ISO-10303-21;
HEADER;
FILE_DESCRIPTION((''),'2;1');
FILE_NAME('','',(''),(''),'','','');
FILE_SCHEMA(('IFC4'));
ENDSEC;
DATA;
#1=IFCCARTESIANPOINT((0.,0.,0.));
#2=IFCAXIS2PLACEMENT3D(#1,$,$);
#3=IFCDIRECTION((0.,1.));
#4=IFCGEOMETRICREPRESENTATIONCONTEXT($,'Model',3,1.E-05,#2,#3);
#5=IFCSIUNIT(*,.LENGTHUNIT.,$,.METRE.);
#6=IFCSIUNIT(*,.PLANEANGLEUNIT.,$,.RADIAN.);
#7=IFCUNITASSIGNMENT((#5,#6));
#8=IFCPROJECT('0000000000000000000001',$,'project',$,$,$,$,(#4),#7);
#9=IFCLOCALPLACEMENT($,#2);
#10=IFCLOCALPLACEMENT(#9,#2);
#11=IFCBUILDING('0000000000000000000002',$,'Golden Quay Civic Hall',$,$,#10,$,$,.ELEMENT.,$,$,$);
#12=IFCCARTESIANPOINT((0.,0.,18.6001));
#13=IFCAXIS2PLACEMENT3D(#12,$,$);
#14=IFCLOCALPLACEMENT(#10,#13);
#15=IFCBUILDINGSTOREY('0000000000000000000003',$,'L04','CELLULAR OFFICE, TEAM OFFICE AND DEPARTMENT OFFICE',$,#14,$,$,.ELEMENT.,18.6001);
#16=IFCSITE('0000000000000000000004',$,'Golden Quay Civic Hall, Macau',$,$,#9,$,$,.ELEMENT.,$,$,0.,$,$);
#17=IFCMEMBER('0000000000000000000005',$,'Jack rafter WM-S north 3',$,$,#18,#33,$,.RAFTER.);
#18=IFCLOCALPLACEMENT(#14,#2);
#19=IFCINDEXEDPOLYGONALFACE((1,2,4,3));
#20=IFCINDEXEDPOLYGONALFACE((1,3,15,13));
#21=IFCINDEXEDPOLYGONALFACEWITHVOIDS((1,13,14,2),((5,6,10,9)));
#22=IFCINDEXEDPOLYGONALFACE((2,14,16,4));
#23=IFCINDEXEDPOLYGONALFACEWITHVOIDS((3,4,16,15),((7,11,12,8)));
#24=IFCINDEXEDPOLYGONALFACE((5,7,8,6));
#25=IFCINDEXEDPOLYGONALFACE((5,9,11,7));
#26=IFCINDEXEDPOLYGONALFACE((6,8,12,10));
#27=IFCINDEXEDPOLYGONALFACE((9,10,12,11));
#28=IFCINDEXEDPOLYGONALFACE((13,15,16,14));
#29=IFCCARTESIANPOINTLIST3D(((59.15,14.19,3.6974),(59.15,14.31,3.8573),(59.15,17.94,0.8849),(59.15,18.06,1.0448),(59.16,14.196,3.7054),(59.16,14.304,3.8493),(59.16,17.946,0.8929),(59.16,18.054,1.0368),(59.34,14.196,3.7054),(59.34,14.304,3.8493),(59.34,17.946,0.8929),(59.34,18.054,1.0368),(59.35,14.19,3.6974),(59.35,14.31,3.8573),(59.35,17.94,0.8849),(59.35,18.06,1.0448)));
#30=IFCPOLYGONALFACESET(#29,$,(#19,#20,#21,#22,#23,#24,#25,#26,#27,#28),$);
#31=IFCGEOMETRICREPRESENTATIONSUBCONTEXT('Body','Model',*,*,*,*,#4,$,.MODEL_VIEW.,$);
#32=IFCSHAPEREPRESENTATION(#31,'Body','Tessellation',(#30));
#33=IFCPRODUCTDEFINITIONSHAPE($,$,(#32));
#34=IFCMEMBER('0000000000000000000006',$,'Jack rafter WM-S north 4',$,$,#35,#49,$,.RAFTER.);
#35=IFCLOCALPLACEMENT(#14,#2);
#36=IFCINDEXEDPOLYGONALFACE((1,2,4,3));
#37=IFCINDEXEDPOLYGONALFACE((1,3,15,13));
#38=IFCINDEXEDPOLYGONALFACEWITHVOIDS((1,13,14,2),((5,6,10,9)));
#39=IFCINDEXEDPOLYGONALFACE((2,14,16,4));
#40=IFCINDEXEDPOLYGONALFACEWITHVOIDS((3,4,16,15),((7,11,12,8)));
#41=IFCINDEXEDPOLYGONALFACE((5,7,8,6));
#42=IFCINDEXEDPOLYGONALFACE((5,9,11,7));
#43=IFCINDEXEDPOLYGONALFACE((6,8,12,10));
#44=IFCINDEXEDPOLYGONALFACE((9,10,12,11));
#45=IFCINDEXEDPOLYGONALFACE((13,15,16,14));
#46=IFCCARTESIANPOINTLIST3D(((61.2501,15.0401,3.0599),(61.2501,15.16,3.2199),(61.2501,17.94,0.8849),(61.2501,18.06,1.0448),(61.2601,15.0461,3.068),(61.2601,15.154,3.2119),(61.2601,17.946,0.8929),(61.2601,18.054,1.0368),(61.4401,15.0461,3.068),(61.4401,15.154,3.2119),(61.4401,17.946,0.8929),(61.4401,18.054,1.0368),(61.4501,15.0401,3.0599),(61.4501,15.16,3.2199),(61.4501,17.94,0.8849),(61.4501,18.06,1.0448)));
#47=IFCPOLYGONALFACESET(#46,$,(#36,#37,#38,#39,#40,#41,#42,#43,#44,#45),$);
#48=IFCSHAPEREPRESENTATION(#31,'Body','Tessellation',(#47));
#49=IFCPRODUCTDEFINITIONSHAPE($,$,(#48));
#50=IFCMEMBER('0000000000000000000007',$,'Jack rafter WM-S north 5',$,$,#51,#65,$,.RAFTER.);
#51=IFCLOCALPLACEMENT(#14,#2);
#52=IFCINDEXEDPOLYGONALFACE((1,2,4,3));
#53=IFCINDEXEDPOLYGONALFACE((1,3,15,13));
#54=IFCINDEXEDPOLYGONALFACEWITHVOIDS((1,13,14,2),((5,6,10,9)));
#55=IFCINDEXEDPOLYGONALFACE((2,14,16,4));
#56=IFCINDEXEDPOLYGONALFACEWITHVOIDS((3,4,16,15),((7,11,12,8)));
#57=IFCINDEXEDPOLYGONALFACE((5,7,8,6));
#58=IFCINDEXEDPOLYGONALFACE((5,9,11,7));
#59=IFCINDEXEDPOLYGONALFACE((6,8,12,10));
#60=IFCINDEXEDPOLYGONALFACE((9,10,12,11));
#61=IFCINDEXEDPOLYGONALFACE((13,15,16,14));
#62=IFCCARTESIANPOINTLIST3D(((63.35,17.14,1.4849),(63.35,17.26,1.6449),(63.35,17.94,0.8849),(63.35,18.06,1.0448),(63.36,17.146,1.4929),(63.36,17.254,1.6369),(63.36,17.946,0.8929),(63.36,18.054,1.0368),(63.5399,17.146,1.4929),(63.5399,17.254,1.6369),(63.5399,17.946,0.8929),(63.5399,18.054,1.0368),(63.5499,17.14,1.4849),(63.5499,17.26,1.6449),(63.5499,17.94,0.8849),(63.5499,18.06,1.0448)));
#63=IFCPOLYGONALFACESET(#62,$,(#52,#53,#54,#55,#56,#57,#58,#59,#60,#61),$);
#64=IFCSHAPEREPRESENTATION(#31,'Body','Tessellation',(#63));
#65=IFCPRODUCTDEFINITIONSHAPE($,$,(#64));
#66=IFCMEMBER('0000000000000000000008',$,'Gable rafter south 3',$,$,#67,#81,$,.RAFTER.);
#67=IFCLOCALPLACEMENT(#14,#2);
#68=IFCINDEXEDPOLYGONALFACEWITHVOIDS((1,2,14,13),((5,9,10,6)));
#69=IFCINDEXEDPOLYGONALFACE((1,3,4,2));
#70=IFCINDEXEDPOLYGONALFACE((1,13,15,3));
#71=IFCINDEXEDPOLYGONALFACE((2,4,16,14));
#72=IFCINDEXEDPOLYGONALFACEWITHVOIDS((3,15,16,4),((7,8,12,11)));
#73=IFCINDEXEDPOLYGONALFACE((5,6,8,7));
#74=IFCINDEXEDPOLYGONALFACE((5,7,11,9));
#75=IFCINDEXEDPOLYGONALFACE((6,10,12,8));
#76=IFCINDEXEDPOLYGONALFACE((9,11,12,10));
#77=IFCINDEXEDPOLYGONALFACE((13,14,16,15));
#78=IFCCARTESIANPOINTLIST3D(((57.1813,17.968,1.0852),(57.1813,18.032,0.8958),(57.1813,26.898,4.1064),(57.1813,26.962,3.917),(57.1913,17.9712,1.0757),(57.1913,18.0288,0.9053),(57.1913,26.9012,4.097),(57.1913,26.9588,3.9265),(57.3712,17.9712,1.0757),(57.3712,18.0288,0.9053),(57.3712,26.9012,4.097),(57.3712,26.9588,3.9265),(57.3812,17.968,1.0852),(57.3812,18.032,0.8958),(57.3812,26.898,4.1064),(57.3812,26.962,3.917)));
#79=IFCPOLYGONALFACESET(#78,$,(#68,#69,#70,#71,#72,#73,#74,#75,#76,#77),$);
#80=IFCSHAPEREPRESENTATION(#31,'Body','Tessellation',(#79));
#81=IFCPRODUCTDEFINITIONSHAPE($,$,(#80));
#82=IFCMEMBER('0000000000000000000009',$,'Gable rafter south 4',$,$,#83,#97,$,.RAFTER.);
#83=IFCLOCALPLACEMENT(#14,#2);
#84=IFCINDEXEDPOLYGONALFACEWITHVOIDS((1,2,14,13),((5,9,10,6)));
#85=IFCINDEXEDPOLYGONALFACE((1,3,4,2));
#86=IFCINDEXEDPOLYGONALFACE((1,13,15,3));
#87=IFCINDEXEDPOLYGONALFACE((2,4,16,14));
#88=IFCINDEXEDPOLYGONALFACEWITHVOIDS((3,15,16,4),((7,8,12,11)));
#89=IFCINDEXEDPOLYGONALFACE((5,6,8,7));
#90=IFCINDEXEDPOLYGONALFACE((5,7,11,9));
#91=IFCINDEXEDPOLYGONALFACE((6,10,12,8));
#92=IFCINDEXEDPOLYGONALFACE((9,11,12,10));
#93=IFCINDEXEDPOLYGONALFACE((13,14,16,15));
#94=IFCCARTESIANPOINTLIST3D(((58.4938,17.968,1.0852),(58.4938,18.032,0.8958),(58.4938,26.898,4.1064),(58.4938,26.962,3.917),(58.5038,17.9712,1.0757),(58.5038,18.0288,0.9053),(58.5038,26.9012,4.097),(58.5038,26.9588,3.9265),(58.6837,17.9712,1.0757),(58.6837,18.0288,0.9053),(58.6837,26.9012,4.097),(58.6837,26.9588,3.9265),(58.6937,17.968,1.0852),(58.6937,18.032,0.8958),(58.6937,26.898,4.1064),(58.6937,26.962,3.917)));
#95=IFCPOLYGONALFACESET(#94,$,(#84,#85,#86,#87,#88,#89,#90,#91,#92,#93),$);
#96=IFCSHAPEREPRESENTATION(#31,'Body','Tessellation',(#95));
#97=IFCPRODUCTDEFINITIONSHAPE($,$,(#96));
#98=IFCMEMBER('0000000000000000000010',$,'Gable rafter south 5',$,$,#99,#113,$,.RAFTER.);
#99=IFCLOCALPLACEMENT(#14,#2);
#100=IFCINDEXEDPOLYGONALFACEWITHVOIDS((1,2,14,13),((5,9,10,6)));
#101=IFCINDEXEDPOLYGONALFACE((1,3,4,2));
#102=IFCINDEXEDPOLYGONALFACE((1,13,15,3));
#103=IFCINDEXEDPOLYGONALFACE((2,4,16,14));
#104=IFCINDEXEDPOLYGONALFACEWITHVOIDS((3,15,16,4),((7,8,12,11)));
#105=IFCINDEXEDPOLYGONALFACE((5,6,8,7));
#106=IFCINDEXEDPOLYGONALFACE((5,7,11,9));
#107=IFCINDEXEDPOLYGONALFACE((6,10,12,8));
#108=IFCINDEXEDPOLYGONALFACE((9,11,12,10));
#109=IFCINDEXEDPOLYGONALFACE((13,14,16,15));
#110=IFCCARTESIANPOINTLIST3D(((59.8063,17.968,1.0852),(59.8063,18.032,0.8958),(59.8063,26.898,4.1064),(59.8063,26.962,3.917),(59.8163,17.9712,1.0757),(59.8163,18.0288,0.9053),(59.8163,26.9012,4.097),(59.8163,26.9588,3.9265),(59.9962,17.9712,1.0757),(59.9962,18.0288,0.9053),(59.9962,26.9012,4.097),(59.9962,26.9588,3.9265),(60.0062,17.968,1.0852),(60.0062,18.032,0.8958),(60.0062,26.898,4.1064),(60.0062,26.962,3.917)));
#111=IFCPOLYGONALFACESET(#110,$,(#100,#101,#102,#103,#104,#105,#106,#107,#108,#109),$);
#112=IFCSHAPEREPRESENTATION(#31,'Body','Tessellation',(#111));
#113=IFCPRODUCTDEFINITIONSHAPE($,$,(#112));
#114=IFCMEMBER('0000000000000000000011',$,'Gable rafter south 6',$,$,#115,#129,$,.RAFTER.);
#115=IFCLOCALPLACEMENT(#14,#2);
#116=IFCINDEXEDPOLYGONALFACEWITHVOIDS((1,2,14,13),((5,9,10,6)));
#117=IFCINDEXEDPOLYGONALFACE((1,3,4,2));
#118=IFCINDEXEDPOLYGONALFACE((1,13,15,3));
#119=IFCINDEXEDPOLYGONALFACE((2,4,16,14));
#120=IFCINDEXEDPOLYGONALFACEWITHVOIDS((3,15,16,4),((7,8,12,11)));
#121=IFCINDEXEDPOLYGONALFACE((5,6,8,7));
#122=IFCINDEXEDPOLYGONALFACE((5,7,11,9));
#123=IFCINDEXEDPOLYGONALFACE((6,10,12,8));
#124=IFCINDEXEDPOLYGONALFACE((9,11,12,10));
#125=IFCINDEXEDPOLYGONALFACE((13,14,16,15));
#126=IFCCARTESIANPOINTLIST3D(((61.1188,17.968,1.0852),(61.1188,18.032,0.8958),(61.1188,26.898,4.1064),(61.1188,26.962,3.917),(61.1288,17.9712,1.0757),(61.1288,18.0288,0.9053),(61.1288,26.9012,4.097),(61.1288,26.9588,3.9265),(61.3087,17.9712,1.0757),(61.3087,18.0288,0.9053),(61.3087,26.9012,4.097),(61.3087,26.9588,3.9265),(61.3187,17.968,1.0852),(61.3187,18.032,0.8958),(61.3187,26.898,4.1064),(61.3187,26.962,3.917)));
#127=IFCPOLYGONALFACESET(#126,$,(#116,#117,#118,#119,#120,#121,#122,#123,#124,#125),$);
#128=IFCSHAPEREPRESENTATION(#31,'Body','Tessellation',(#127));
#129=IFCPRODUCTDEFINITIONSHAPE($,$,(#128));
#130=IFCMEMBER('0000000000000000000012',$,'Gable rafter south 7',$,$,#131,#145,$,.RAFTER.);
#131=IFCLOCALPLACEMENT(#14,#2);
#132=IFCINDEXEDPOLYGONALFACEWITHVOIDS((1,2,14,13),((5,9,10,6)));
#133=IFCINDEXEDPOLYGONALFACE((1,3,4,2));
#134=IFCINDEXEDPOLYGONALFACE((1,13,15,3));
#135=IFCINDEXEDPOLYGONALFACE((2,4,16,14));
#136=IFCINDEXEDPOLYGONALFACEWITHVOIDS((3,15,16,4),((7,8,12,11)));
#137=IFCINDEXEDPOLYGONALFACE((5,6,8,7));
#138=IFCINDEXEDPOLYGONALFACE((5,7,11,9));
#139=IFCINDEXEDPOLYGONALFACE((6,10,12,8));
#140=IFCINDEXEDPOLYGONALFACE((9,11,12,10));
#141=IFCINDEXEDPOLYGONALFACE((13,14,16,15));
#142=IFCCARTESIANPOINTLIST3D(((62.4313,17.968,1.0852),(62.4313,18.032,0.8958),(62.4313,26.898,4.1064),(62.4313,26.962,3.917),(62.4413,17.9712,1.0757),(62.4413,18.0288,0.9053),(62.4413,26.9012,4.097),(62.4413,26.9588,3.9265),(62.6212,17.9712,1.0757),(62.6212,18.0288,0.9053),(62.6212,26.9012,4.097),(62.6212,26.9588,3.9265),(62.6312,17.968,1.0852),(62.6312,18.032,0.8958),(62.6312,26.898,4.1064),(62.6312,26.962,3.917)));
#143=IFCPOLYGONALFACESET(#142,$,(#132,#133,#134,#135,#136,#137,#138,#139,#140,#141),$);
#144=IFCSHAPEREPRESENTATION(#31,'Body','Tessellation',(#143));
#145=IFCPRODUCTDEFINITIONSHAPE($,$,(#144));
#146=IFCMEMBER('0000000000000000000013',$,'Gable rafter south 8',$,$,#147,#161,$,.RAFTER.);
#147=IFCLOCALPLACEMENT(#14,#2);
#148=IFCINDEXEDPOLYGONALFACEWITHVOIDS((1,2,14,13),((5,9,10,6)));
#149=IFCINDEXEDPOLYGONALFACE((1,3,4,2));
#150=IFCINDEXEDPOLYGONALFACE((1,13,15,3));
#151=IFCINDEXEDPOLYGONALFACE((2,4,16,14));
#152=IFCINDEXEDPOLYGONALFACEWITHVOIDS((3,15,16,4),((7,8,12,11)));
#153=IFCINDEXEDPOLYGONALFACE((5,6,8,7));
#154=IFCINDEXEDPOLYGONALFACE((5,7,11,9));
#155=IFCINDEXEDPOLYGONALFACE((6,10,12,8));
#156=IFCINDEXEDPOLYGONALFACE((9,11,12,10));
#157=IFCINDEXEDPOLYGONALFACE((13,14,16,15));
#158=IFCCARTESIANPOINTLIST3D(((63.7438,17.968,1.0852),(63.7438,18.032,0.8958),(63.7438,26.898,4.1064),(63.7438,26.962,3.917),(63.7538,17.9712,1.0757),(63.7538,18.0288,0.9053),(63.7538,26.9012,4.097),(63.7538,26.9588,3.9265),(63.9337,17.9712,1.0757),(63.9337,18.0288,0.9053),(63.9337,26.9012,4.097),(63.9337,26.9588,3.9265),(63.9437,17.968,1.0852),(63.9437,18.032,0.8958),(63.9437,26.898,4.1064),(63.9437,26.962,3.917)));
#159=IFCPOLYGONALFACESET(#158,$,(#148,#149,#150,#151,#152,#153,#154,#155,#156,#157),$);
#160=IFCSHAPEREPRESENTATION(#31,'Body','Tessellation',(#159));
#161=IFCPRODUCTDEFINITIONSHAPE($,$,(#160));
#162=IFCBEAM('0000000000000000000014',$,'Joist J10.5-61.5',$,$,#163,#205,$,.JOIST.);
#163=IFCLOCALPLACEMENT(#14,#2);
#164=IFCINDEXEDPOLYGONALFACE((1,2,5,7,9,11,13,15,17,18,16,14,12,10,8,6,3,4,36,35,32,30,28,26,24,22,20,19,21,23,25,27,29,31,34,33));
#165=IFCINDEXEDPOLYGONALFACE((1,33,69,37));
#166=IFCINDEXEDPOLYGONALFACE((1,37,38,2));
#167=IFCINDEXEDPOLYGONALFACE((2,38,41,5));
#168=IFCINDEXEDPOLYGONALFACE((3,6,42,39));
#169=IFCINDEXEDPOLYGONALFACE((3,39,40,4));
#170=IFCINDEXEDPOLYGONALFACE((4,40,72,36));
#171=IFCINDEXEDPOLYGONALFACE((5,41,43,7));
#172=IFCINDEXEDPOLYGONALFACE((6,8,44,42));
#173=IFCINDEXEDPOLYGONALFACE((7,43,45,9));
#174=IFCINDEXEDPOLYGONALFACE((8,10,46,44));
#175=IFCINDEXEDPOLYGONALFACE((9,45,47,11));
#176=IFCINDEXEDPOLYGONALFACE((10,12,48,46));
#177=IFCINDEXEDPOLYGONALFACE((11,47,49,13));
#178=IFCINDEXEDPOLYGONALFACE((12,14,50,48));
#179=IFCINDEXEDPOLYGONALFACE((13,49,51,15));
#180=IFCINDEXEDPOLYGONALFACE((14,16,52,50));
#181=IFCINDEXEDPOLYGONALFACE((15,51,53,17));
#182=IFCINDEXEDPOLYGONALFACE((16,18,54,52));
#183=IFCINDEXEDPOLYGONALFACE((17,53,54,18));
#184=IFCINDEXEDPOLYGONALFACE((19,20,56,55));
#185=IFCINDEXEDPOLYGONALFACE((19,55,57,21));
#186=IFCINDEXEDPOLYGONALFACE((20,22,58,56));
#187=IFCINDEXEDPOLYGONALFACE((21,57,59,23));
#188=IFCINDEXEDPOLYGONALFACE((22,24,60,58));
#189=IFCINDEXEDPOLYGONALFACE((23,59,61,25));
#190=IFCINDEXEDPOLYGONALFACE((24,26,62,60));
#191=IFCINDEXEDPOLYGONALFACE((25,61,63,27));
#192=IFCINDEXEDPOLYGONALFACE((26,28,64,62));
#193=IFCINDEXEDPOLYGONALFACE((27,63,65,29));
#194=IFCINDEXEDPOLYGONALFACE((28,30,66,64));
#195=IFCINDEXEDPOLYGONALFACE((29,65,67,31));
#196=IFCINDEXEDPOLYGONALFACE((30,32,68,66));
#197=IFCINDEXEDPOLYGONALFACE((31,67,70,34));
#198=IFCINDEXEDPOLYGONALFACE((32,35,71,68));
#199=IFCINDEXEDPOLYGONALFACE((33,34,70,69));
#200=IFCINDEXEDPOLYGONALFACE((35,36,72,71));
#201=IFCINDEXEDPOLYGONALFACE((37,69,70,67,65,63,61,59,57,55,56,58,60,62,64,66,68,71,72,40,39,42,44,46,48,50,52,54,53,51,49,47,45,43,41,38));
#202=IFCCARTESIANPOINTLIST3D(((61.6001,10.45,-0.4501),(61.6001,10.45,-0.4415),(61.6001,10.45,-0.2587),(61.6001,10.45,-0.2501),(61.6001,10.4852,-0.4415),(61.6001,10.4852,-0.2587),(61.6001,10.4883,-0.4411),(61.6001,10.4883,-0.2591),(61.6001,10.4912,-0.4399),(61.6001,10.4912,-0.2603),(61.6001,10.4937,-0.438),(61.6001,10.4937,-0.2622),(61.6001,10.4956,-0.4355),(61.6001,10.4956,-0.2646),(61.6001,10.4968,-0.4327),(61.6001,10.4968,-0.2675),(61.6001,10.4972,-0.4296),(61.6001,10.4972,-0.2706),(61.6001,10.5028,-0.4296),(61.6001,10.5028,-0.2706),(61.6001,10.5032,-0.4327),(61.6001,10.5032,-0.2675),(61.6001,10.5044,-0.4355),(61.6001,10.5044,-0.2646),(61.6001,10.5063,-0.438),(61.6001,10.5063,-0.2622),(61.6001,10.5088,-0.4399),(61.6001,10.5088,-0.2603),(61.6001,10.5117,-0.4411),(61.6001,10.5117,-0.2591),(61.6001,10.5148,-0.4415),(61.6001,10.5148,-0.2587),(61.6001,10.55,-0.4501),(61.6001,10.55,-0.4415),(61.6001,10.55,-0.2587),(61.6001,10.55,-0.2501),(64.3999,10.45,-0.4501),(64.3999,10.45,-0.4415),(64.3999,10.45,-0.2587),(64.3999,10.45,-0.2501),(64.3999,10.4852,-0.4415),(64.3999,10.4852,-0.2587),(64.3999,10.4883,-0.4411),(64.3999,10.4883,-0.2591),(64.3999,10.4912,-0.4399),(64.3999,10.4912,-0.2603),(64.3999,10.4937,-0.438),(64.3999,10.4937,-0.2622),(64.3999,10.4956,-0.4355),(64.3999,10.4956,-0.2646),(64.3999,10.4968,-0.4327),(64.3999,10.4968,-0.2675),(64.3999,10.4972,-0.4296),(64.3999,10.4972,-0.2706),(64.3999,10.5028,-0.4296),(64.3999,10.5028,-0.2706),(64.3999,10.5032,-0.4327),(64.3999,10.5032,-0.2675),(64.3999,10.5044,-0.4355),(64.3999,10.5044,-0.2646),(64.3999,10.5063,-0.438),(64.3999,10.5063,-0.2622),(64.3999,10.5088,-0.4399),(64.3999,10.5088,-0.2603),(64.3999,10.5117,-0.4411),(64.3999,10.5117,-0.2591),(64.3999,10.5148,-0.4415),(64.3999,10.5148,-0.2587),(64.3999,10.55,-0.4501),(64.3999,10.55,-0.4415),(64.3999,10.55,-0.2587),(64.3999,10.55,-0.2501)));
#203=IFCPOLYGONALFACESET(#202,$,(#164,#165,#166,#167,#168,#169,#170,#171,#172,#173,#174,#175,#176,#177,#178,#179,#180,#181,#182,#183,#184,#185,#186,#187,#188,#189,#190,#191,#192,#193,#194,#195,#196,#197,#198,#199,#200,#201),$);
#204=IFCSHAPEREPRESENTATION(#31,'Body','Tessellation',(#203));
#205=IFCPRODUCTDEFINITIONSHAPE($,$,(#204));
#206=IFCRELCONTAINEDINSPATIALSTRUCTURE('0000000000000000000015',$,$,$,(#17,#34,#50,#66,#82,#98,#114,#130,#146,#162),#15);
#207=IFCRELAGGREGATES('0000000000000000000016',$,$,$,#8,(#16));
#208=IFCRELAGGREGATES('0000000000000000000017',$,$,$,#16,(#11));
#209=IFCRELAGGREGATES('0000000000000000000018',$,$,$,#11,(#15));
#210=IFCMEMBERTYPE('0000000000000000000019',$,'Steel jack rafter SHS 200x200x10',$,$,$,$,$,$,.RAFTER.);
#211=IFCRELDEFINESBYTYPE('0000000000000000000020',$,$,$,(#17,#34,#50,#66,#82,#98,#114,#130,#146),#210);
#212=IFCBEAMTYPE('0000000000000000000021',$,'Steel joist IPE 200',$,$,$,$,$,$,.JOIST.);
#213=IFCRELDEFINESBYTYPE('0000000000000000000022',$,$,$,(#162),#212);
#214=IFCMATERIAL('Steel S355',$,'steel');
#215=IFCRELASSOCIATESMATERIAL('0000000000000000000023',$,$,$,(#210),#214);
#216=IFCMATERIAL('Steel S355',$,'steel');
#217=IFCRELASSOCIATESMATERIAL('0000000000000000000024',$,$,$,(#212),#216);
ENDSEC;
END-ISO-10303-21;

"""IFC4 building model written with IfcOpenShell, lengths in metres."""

from ifc_helpers import new_model, si_unit, direction, frame, origin, origin_2d, place, context, subcontext, project, spatial, hollow_rectangle, i_section, extrude, material, material_profile, profile_set, type_object, element, save


model = new_model("IFC4")

# Units and contexts
model_context = context("Model", 3, precision=1e-05, world=origin(), true_north=direction((0.0, 1.0)))
body_context = subcontext(model_context, "Body", "Model", "MODEL_VIEW")
ifc_project = project(units=[si_unit("LENGTHUNIT", "METRE"), si_unit("PLANEANGLEUNIT", "RADIAN")], contexts=[model_context])

# Site, building, storey
site_placement = place(None, origin())
site = spatial("IfcSite", under=ifc_project, at=site_placement, Name="Golden Quay Civic Hall, Macau", CompositionType="ELEMENT", RefElevation=0.0)
building_placement = place(site_placement, origin())
building = spatial("IfcBuilding", under=site, at=building_placement, Name="Golden Quay Civic Hall", CompositionType="ELEMENT")
storey_placement = place(building_placement, frame((0.0, 0.0, 18.6001)))
storey = spatial("IfcBuildingStorey", under=building, at=storey_placement, Name="L04", Description="CELLULAR OFFICE, TEAM OFFICE AND DEPARTMENT OFFICE", CompositionType="ELEMENT", Elevation=18.6001)

# Members
ifc_material_1 = material(Name="Steel S355", Category="steel")
ifc_material_profile_1 = material_profile(ifc_material_1, hollow_rectangle(XDim=0.2, YDim=0.2, WallThickness=0.01, at=origin_2d()), Name="SHS 200x200x10")
ifc_profile_set_1 = profile_set([ifc_material_profile_1], Name="Steel S355")
member_type_1 = type_object("IfcMemberType", Name="Steel jack rafter SHS 200x200x10", PredefinedType="RAFTER", material=ifc_profile_set_1)
member_1_placement = place(storey_placement, frame((59.25, 18.0, 0.9648), z_axis=(0.0, -0.8, 0.6), x_axis=(1.0, 0.0, 0.0)))
element("IfcMember", 1, at=member_1_placement, inside=storey, type_object=member_type_1, Name="Jack rafter WM-S north 3", PredefinedType="RAFTER", context=body_context, shape_type="SweptSolid", body=[
    extrude(hollow_rectangle(XDim=0.2, YDim=0.2, WallThickness=0.01, at=origin_2d()), origin(), (0.0, 0.0, 1.0), 4.6875),
])
member_2_placement = place(storey_placement, frame((61.3501, 18.0, 0.9648), z_axis=(0.0, -0.799984, 0.600022), x_axis=(1.0, 0.0, 0.0)))
element("IfcMember", 2, at=member_2_placement, inside=storey, type_object=member_type_1, Name="Jack rafter WM-S north 4", PredefinedType="RAFTER", context=body_context, shape_type="SweptSolid", body=[
    extrude(hollow_rectangle(XDim=0.2, YDim=0.2, WallThickness=0.01, at=origin_2d()), origin(), (0.0, 0.0, 1.0), 3.625),
])
member_3_placement = place(storey_placement, frame((63.45, 18.0, 0.9648), z_axis=(0.0, -0.799971, 0.600039), x_axis=(1.0, 0.0, 0.0)))
element("IfcMember", 3, at=member_3_placement, inside=storey, type_object=member_type_1, Name="Jack rafter WM-S north 5", PredefinedType="RAFTER", context=body_context, shape_type="SweptSolid", body=[
    extrude(hollow_rectangle(XDim=0.2, YDim=0.2, WallThickness=0.01, at=origin_2d()), origin(), (0.0, 0.0, 1.0), 1.0),
])
for number, where, z_axis, x_axis, name in (
    (4, (57.2812, 18.0, 0.9905), (0.0, 0.947255, 0.320482), (-1.0, 0.0, 0.0), "Gable rafter south 3"),
    (5, (58.5938, 18.0, 0.9905), (0.0, 0.947255, 0.320482), (-1.0, 0.0, 0.0), "Gable rafter south 4"),
    (6, (59.9062, 18.0, 0.9905), (0.0, 0.947255, 0.320482), (-1.0, 0.0, 0.0), "Gable rafter south 5"),
    (7, (61.2188, 18.0, 0.9905), (0.0, 0.947255, 0.320482), (-1.0, 0.0, 0.0), "Gable rafter south 6"),
    (8, (62.5312, 18.0, 0.9905), (0.0, 0.947255, 0.320482), (-1.0, 0.0, 0.0), "Gable rafter south 7"),
    (9, (63.8438, 18.0, 0.9905), (0.0, 0.947255, 0.320482), (-1.0, 0.0, 0.0), "Gable rafter south 8"),
):
    element("IfcMember", number, at=place(storey_placement, frame(where, z_axis=z_axis, x_axis=x_axis)), inside=storey, type_object=member_type_1, Name=name, PredefinedType="RAFTER", context=body_context, shape_type="SweptSolid", body=[
        extrude(hollow_rectangle(XDim=0.2, YDim=0.2, WallThickness=0.01, at=origin_2d()), origin(), (0.0, 0.0, 1.0), 9.4272),
    ])

# Beam
ifc_material_2 = material(Name="Steel S355", Category="steel")
ifc_material_profile_2 = material_profile(ifc_material_2, i_section(OverallWidth=0.1001, OverallDepth=0.2, WebThickness=0.0056, FlangeThickness=0.0085, FilletRadius=0.012, at=origin_2d()), Name="IPE 200")
ifc_profile_set_2 = profile_set([ifc_material_profile_2], Name="Steel S355")
beam_type_1 = type_object("IfcBeamType", Name="Steel joist IPE 200", PredefinedType="JOIST", material=ifc_profile_set_2)
for number, where, z_axis, x_axis, name in (
    (10, (61.6001, 10.5, -0.3501), (1.0, 0.0, 0.0), (0.0, 1.0, 0.0), "Joist J10.5-61.5"),
):
    element("IfcBeam", number, at=place(storey_placement, frame(where, z_axis=z_axis, x_axis=x_axis)), inside=storey, type_object=beam_type_1, Name=name, PredefinedType="JOIST", context=body_context, shape_type="SweptSolid", body=[
        extrude(i_section(OverallWidth=0.1001, OverallDepth=0.2, WebThickness=0.0056, FlangeThickness=0.0085, FilletRadius=0.012, at=origin_2d()), origin(), (0.0, 0.0, 1.0), 2.7998),
    ])

save(model, "model.ifc")
